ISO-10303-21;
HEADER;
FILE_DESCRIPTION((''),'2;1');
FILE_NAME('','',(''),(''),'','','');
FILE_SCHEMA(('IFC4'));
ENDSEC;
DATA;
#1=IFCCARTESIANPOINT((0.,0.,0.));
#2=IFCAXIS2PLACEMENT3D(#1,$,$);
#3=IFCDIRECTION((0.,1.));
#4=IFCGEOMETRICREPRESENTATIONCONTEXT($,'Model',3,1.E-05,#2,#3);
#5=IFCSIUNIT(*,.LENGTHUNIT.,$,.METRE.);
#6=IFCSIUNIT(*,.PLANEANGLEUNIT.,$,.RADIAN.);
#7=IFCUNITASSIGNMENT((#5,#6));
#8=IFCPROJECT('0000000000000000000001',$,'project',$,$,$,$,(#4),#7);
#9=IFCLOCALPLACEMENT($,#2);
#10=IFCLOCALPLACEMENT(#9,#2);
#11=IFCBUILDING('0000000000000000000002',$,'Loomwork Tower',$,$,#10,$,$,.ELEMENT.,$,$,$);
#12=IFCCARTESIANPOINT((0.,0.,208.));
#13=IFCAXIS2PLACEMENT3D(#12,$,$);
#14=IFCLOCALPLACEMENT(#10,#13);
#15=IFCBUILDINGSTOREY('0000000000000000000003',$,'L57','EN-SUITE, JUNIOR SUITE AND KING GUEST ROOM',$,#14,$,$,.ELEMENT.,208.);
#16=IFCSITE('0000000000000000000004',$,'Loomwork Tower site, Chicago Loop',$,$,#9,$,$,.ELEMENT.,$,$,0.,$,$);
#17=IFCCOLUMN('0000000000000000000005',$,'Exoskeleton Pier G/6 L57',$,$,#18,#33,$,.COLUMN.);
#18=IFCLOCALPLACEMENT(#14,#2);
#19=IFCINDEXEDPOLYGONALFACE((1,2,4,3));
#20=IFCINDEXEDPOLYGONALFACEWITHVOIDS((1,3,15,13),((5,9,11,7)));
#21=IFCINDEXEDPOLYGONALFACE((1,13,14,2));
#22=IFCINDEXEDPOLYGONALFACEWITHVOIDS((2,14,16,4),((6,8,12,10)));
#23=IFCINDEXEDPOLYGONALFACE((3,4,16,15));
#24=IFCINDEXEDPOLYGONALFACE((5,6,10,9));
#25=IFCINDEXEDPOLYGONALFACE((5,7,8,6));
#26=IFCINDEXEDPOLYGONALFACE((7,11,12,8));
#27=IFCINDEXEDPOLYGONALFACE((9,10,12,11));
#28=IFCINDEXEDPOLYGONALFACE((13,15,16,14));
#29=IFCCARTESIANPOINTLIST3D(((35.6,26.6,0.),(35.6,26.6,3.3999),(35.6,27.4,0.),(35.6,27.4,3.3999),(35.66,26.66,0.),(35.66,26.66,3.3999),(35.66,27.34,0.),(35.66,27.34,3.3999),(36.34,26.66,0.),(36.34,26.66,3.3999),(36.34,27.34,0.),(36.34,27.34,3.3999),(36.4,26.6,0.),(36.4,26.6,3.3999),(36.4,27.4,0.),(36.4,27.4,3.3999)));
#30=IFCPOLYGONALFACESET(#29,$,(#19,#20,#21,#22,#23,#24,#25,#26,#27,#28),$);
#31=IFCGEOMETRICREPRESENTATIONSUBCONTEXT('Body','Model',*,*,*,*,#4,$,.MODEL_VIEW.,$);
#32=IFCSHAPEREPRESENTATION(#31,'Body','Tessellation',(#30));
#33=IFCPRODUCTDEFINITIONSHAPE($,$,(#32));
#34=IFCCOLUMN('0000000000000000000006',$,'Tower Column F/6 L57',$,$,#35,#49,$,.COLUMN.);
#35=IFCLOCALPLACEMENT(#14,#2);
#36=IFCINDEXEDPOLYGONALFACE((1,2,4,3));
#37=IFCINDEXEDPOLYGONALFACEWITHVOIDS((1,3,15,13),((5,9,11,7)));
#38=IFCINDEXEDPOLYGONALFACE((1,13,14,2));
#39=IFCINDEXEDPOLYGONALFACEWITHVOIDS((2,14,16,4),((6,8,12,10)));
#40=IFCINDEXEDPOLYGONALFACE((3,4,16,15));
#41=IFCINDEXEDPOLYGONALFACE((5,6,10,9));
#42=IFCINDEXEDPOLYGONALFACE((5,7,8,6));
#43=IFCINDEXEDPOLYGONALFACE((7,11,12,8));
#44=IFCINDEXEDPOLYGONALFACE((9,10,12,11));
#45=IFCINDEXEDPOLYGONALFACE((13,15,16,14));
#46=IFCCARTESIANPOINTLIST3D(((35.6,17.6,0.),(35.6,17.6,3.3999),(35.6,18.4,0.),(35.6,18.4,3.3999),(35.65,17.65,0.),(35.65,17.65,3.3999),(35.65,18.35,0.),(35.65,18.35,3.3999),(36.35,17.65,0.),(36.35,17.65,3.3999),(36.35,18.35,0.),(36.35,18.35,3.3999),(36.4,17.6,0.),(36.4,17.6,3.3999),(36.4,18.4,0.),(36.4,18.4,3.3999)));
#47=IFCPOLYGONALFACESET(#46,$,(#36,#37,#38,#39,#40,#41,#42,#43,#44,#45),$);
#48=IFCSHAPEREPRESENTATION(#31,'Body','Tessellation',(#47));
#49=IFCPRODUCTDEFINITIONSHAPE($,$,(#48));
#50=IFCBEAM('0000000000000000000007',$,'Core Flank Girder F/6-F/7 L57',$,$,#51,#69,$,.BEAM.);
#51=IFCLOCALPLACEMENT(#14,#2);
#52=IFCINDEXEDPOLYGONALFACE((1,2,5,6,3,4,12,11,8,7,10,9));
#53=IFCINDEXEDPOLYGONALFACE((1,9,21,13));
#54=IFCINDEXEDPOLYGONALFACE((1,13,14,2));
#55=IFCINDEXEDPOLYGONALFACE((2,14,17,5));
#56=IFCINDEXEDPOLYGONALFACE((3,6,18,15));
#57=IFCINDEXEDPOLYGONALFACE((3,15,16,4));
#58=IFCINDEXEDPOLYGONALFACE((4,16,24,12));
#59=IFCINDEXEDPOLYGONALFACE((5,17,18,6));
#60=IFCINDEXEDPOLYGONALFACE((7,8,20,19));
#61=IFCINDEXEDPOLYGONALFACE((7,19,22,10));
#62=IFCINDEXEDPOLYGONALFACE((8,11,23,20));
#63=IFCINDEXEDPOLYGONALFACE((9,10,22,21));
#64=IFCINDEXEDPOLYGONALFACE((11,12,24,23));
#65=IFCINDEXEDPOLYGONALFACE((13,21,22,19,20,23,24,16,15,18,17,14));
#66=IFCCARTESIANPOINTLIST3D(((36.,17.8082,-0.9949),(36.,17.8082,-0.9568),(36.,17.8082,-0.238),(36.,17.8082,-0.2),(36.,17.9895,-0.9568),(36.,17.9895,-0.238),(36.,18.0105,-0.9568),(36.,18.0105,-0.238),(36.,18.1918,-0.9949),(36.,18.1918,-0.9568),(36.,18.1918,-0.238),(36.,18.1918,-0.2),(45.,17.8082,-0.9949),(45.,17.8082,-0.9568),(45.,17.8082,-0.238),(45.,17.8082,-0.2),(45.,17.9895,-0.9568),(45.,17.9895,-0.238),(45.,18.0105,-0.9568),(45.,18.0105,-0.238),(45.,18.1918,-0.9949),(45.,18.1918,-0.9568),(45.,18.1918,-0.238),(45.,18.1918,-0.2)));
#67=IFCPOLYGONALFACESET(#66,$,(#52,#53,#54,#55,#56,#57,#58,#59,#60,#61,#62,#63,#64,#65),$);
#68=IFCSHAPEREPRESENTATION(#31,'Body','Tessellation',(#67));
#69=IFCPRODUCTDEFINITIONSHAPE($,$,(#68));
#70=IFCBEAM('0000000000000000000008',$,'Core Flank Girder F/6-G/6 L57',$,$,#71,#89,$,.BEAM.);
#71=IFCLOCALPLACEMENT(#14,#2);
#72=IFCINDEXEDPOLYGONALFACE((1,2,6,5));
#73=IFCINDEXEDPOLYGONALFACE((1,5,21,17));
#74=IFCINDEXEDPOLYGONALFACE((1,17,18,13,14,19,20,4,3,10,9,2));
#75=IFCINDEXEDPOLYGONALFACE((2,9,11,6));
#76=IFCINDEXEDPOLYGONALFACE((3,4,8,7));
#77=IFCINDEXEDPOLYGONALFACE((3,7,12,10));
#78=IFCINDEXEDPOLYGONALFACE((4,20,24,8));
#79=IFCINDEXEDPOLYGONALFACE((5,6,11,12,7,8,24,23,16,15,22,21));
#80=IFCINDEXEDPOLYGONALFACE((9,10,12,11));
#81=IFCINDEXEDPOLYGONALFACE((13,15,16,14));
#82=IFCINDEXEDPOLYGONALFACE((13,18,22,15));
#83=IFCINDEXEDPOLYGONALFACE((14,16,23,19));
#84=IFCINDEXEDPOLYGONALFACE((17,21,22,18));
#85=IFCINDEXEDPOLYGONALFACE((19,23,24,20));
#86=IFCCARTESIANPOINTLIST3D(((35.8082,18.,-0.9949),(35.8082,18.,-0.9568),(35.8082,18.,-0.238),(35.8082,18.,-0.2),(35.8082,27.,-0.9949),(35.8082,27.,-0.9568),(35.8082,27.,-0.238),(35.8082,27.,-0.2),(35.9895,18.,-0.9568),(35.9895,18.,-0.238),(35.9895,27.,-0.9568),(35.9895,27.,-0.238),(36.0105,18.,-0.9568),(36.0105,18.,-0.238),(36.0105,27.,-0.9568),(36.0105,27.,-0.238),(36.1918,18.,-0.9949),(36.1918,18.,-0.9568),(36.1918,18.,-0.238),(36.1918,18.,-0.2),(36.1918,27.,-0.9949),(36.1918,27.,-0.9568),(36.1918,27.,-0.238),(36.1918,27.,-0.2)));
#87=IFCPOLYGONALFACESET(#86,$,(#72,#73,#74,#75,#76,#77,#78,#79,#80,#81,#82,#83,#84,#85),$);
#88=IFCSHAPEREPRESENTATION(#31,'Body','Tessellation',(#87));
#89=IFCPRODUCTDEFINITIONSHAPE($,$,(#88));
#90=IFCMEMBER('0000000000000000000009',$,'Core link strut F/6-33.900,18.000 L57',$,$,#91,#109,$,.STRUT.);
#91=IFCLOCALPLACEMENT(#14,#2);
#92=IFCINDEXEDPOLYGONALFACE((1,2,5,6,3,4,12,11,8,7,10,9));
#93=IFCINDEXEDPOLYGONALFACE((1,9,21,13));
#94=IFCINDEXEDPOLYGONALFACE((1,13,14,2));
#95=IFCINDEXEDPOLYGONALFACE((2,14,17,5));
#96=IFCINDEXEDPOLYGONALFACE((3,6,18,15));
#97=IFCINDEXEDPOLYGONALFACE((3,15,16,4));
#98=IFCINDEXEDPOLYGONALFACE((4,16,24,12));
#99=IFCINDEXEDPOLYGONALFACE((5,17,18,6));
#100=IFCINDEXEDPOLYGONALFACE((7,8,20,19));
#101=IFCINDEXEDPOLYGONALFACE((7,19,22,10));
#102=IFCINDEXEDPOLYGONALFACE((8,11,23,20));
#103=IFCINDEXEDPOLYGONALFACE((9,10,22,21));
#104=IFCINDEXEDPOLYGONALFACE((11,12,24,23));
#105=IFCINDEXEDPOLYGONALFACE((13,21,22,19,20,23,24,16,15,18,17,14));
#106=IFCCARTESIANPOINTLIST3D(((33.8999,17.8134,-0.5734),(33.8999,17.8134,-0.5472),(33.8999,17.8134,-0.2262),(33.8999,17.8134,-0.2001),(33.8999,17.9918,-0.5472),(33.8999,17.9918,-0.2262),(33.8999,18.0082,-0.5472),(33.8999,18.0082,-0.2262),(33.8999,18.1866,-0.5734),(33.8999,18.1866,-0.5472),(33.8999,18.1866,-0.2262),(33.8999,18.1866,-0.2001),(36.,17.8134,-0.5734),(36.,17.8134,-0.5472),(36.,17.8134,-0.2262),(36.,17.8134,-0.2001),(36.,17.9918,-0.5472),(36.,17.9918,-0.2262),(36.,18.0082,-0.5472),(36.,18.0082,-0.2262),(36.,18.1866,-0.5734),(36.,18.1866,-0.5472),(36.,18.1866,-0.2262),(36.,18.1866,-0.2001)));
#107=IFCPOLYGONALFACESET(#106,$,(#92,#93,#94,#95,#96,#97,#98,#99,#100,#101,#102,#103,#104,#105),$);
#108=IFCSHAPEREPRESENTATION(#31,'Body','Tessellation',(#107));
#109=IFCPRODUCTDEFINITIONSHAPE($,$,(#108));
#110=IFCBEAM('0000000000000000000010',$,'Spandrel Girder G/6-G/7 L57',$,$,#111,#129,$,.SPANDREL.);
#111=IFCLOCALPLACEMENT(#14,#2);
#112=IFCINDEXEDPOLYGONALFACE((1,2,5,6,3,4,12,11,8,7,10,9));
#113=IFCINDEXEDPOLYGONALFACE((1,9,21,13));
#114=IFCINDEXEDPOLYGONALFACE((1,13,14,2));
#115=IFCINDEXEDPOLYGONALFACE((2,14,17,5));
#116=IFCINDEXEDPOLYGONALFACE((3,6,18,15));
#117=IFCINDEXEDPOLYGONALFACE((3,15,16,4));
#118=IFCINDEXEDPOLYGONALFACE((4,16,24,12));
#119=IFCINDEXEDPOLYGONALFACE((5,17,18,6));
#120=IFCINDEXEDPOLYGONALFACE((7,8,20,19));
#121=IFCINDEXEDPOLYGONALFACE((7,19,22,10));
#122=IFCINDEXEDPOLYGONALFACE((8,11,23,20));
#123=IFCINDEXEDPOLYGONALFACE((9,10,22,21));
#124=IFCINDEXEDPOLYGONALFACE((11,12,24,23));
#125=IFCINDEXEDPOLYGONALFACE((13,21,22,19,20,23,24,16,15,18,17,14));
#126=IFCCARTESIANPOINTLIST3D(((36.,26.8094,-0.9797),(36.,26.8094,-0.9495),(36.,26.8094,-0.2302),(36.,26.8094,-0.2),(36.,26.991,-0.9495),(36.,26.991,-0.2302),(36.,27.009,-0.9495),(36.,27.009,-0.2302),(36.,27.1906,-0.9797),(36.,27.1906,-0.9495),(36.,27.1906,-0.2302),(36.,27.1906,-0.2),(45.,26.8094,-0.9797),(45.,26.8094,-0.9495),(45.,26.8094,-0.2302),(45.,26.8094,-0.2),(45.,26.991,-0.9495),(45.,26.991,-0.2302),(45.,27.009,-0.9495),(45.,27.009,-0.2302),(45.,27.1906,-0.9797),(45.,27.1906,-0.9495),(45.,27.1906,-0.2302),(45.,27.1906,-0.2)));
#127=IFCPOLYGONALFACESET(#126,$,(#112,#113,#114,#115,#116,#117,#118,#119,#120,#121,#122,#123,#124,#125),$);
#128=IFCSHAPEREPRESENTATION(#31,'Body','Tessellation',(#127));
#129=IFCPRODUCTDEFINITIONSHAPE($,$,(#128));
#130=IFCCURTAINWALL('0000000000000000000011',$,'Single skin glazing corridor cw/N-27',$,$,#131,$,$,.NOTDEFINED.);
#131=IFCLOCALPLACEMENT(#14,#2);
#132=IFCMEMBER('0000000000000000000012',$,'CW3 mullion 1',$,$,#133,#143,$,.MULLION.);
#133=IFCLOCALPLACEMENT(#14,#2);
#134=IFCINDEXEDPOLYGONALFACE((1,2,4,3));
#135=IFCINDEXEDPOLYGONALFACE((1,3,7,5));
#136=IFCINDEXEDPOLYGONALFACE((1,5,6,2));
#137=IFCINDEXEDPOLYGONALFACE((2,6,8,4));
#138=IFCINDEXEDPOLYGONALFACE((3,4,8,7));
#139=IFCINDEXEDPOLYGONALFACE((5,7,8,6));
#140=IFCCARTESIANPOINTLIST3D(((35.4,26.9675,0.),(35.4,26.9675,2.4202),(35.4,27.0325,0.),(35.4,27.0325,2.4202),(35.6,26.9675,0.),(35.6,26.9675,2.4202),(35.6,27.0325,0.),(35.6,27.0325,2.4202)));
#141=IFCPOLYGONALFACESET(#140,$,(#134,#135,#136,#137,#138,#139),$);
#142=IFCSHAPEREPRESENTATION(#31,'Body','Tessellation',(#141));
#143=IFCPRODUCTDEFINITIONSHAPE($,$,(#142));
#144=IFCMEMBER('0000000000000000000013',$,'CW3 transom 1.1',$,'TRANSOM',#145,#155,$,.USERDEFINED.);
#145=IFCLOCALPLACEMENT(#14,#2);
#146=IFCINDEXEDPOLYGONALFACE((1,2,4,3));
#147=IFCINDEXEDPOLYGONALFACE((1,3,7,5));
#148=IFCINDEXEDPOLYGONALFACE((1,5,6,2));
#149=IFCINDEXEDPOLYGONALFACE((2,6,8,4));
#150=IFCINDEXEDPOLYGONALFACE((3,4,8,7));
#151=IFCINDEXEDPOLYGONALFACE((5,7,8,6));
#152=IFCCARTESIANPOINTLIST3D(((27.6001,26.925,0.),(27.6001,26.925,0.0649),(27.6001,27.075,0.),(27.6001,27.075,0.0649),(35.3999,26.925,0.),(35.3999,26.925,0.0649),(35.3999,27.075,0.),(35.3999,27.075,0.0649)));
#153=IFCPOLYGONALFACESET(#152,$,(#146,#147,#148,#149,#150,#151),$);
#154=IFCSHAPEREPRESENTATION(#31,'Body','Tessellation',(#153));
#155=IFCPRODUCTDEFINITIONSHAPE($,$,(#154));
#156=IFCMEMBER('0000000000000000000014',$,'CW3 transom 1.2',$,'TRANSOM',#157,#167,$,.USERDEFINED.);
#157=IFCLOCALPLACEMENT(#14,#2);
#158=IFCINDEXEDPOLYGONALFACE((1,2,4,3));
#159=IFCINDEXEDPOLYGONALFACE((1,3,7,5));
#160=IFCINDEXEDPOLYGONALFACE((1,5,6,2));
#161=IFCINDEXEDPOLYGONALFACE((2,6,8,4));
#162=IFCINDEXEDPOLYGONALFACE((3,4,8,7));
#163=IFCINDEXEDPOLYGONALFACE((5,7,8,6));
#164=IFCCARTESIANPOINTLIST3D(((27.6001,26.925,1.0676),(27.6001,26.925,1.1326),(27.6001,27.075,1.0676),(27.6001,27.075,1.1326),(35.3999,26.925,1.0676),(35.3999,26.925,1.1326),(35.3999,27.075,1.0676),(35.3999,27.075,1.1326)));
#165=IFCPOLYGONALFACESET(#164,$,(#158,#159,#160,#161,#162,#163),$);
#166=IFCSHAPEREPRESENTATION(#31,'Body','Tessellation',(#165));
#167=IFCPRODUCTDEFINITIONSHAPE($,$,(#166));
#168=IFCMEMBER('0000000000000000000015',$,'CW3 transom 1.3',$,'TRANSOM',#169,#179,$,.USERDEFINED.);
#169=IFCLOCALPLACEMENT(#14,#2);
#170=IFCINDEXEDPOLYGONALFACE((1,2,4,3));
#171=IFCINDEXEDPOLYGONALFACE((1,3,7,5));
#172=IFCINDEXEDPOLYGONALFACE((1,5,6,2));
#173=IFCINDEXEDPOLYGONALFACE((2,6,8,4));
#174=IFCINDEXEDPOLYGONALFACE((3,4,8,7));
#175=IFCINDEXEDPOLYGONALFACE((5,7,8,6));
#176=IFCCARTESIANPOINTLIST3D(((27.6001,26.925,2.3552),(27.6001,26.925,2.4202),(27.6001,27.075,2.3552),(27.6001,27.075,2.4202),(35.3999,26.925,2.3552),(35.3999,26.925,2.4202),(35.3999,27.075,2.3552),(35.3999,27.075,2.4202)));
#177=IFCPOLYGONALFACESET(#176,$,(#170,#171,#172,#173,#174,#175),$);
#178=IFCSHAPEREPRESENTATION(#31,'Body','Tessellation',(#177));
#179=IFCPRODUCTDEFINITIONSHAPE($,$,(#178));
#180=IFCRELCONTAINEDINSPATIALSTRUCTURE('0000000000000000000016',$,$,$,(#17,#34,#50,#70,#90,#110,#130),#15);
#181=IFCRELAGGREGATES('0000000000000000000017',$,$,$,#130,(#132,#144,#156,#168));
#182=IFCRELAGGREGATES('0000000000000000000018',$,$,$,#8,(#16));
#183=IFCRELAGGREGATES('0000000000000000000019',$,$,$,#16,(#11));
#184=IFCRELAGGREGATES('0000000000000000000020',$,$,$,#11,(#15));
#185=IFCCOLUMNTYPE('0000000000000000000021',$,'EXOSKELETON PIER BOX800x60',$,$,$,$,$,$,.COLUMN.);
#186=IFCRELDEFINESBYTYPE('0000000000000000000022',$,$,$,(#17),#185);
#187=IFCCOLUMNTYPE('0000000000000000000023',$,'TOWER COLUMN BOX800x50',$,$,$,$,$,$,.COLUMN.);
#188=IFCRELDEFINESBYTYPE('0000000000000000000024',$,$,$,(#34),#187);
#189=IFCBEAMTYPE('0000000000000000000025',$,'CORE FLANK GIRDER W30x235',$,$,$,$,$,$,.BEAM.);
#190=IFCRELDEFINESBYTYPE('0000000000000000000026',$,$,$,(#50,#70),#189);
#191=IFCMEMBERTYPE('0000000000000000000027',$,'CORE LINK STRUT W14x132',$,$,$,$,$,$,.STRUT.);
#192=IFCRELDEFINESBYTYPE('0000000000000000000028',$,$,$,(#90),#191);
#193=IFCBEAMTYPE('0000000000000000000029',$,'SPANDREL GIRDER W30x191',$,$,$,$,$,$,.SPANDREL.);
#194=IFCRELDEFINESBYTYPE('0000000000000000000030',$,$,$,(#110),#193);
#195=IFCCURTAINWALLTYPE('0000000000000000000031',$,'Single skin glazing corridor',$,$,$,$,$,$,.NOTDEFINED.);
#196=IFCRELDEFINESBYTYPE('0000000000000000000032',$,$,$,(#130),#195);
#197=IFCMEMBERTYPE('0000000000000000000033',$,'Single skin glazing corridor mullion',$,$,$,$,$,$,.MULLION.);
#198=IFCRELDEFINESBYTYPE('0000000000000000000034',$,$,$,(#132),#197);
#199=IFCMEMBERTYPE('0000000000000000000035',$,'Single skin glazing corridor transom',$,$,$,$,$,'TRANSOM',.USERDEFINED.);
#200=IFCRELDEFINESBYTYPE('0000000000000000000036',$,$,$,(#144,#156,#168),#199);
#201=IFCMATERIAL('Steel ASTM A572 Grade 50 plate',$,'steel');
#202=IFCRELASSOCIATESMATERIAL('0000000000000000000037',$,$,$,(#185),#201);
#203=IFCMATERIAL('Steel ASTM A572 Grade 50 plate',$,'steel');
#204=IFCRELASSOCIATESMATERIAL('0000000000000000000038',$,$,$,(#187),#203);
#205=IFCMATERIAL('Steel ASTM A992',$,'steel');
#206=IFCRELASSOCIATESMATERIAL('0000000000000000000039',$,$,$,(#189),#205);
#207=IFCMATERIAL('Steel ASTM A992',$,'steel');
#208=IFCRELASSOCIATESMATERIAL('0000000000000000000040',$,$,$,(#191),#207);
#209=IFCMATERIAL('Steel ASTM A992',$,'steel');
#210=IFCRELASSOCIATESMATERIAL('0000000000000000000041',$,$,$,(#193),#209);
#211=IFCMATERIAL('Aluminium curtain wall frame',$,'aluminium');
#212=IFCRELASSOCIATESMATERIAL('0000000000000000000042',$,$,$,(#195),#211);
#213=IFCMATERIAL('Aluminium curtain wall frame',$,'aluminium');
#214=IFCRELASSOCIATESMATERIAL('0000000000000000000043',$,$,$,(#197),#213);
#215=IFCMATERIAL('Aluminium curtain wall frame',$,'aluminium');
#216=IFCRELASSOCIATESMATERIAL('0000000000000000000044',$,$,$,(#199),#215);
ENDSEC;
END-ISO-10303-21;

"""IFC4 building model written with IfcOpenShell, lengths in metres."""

from ifc_helpers import new_model, si_unit, direction, frame, origin, origin_2d, place, context, subcontext, project, spatial, rectangle, hollow_rectangle, i_section, extrude, material, material_profile, profile_set, type_object, element, aggregate, save


model = new_model("IFC4")

# Units and contexts
model_context = context("Model", 3, precision=1e-05, world=origin(), true_north=direction((0.0, 1.0)))
body_context = subcontext(model_context, "Body", "Model", "MODEL_VIEW")
ifc_project = project(units=[si_unit("LENGTHUNIT", "METRE"), si_unit("PLANEANGLEUNIT", "RADIAN")], contexts=[model_context])

# Site, building, storey
site_placement = place(None, origin())
site = spatial("IfcSite", under=ifc_project, at=site_placement, Name="Loomwork Tower site, Chicago Loop", CompositionType="ELEMENT", RefElevation=0.0)
building_placement = place(site_placement, origin())
building = spatial("IfcBuilding", under=site, at=building_placement, Name="Loomwork Tower", CompositionType="ELEMENT")
storey_placement = place(building_placement, frame((0.0, 0.0, 208.0)))
storey = spatial("IfcBuildingStorey", under=building, at=storey_placement, Name="L57", Description="EN-SUITE, JUNIOR SUITE AND KING GUEST ROOM", CompositionType="ELEMENT", Elevation=208.0)

# Columns
ifc_material_1 = material(Name="Steel ASTM A572 Grade 50 plate", Category="steel")
ifc_material_profile_1 = material_profile(ifc_material_1, hollow_rectangle(XDim=0.8, YDim=0.8, WallThickness=0.0601, at=origin_2d()), Name="BOX800x60")
ifc_profile_set_1 = profile_set([ifc_material_profile_1], Name="Steel ASTM A572 Grade 50 plate")
column_type_1 = type_object("IfcColumnType", Name="EXOSKELETON PIER BOX800x60", PredefinedType="COLUMN", material=ifc_profile_set_1)
column_1_placement = place(storey_placement, frame((36.0, 27.0, 0.0), z_axis=(0.0, 0.0, 1.0), x_axis=(1.0, 0.0, 0.0)))
element("IfcColumn", 1, at=column_1_placement, inside=storey, type_object=column_type_1, Name="Exoskeleton Pier G/6 L57", PredefinedType="COLUMN", context=body_context, shape_type="SweptSolid", body=[
    extrude(hollow_rectangle(XDim=0.8, YDim=0.8, WallThickness=0.0601, at=origin_2d()), origin(), (0.0, 0.0, 1.0), 3.3999),
])
ifc_material_2 = material(Name="Steel ASTM A572 Grade 50 plate", Category="steel")
ifc_material_profile_2 = material_profile(ifc_material_2, hollow_rectangle(XDim=0.8, YDim=0.8, WallThickness=0.05, at=origin_2d()), Name="BOX800x50")
ifc_profile_set_2 = profile_set([ifc_material_profile_2], Name="Steel ASTM A572 Grade 50 plate")
column_type_2 = type_object("IfcColumnType", Name="TOWER COLUMN BOX800x50", PredefinedType="COLUMN", material=ifc_profile_set_2)
column_2_placement = place(storey_placement, frame((36.0, 18.0, 0.0), z_axis=(0.0, 0.0, 1.0), x_axis=(0.0, 1.0, 0.0)))
element("IfcColumn", 2, at=column_2_placement, inside=storey, type_object=column_type_2, Name="Tower Column F/6 L57", PredefinedType="COLUMN", context=body_context, shape_type="SweptSolid", body=[
    extrude(hollow_rectangle(XDim=0.8, YDim=0.8, WallThickness=0.05, at=origin_2d()), origin(), (0.0, 0.0, 1.0), 3.3999),
])

# Beams
ifc_material_3 = material(Name="Steel ASTM A992", Category="steel")
ifc_material_profile_3 = material_profile(ifc_material_3, i_section(OverallWidth=0.3835, OverallDepth=0.7949, WebThickness=0.021, FlangeThickness=0.0381, at=origin_2d()), Name="W30x235")
ifc_profile_set_3 = profile_set([ifc_material_profile_3], Name="Steel ASTM A992")
beam_type_1 = type_object("IfcBeamType", Name="CORE FLANK GIRDER W30x235", PredefinedType="BEAM", material=ifc_profile_set_3)
for number, where, z_axis, x_axis, name in (
    (3, (36.0, 18.0, -0.5974), (1.0, 0.0, 0.0), (0.0, 1.0, 0.0), "Core Flank Girder F/6-F/7 L57"),
    (4, (36.0, 18.0, -0.5974), (0.0, 1.0, 0.0), (-1.0, 0.0, 0.0), "Core Flank Girder F/6-G/6 L57"),
):
    element("IfcBeam", number, at=place(storey_placement, frame(where, z_axis=z_axis, x_axis=x_axis)), inside=storey, type_object=beam_type_1, Name=name, PredefinedType="BEAM", context=body_context, shape_type="SweptSolid", body=[
        extrude(i_section(OverallWidth=0.3835, OverallDepth=0.7949, WebThickness=0.021, FlangeThickness=0.0381, at=origin_2d()), origin(), (0.0, 0.0, 1.0), 9.0),
    ])

# Member
ifc_material_4 = material(Name="Steel ASTM A992", Category="steel")
ifc_material_profile_4 = material_profile(ifc_material_4, i_section(OverallWidth=0.3733, OverallDepth=0.3733, WebThickness=0.0164, FlangeThickness=0.0261, at=origin_2d()), Name="W14x132")
ifc_profile_set_4 = profile_set([ifc_material_profile_4], Name="Steel ASTM A992")
member_type_1 = type_object("IfcMemberType", Name="CORE LINK STRUT W14x132", PredefinedType="STRUT", material=ifc_profile_set_4)
member_1_placement = place(storey_placement, frame((36.0, 18.0, -0.3867), z_axis=(-1.0, 0.0, 0.0), x_axis=(0.0, -1.0, 0.0)))
element("IfcMember", 5, at=member_1_placement, inside=storey, type_object=member_type_1, Name="Core link strut F/6-33.900,18.000 L57", PredefinedType="STRUT", context=body_context, shape_type="SweptSolid", body=[
    extrude(i_section(OverallWidth=0.3733, OverallDepth=0.3733, WebThickness=0.0164, FlangeThickness=0.0261, at=origin_2d()), origin(), (0.0, 0.0, 1.0), 2.1001),
])

# Beam
ifc_material_5 = material(Name="Steel ASTM A992", Category="steel")
ifc_material_profile_5 = material_profile(ifc_material_5, i_section(OverallWidth=0.3811, OverallDepth=0.7798, WebThickness=0.0181, FlangeThickness=0.0303, at=origin_2d()), Name="W30x191")
ifc_profile_set_5 = profile_set([ifc_material_profile_5], Name="Steel ASTM A992")
beam_type_2 = type_object("IfcBeamType", Name="SPANDREL GIRDER W30x191", PredefinedType="SPANDREL", material=ifc_profile_set_5)
beam_placement = place(storey_placement, frame((36.0, 27.0, -0.5898), z_axis=(1.0, 0.0, 0.0), x_axis=(0.0, 1.0, 0.0)))
element("IfcBeam", 6, at=beam_placement, inside=storey, type_object=beam_type_2, Name="Spandrel Girder G/6-G/7 L57", PredefinedType="SPANDREL", context=body_context, shape_type="SweptSolid", body=[
    extrude(i_section(OverallWidth=0.3811, OverallDepth=0.7798, WebThickness=0.0181, FlangeThickness=0.0303, at=origin_2d()), origin(), (0.0, 0.0, 1.0), 9.0),
])

# Curtain wall, members
ifc_material_6 = material(Name="Aluminium curtain wall frame", Category="aluminium")
curtain_wall_type = type_object("IfcCurtainWallType", Name="Single skin glazing corridor", PredefinedType="NOTDEFINED", material=ifc_material_6)
curtain_wall_placement = place(storey_placement, origin())
curtain_wall = element("IfcCurtainWall", 7, at=curtain_wall_placement, inside=storey, type_object=curtain_wall_type, Name="Single skin glazing corridor cw/N-27", PredefinedType="NOTDEFINED")
ifc_material_7 = material(Name="Aluminium curtain wall frame", Category="aluminium")
ifc_material_profile_6 = material_profile(ifc_material_7, rectangle(XDim=0.0649, YDim=0.2, at=origin_2d()), Name="AL 65x200")
ifc_profile_set_6 = profile_set([ifc_material_profile_6], Name="Aluminium curtain wall frame")
member_type_2 = type_object("IfcMemberType", Name="Single skin glazing corridor mullion", PredefinedType="MULLION", material=ifc_profile_set_6)
member_2_placement = place(storey_placement, frame((35.5, 27.0, 0.0), z_axis=(0.0, 0.0, 1.0), x_axis=(0.0, -1.0, 0.0)))
member_2 = element("IfcMember", 8, at=member_2_placement, type_object=member_type_2, Name="CW3 mullion 1", PredefinedType="MULLION", context=body_context, shape_type="SweptSolid", body=[
    extrude(rectangle(XDim=0.0649, YDim=0.2, at=origin_2d()), origin(), (0.0, 0.0, 1.0), 2.4202),
])
ifc_material_8 = material(Name="Aluminium curtain wall frame", Category="aluminium")
ifc_material_profile_7 = material_profile(ifc_material_8, rectangle(XDim=0.1499, YDim=0.0649, at=origin_2d()), Name="AL 65x150")
ifc_profile_set_7 = profile_set([ifc_material_profile_7], Name="Aluminium curtain wall frame")
member_type_3 = type_object("IfcMemberType", Name="Single skin glazing corridor transom", ElementType="TRANSOM", PredefinedType="USERDEFINED", material=ifc_profile_set_7)
member_3_placement = place(storey_placement, frame((35.3999, 27.0, 0.0325), z_axis=(-1.0, 0.0, 0.0), x_axis=(0.0, -1.0, 0.0)))
member_3 = element("IfcMember", 9, at=member_3_placement, type_object=member_type_3, Name="CW3 transom 1.1", ObjectType="TRANSOM", PredefinedType="USERDEFINED", context=body_context, shape_type="SweptSolid", body=[
    extrude(rectangle(XDim=0.1499, YDim=0.0649, at=origin_2d()), origin(), (0.0, 0.0, 1.0), 7.7998),
])
member_4_placement = place(storey_placement, frame((35.3999, 27.0, 1.1001), z_axis=(-1.0, 0.0, 0.0), x_axis=(0.0, -1.0, 0.0)))
member_4 = element("IfcMember", 10, at=member_4_placement, type_object=member_type_3, Name="CW3 transom 1.2", ObjectType="TRANSOM", PredefinedType="USERDEFINED", context=body_context, shape_type="SweptSolid", body=[
    extrude(rectangle(XDim=0.1499, YDim=0.0649, at=origin_2d()), origin(), (0.0, 0.0, 1.0), 7.7998),
])
member_5_placement = place(storey_placement, frame((35.3999, 27.0, 2.3877), z_axis=(-1.0, 0.0, 0.0), x_axis=(0.0, -1.0, 0.0)))
member_5 = element("IfcMember", 11, at=member_5_placement, type_object=member_type_3, Name="CW3 transom 1.3", ObjectType="TRANSOM", PredefinedType="USERDEFINED", context=body_context, shape_type="SweptSolid", body=[
    extrude(rectangle(XDim=0.1499, YDim=0.0649, at=origin_2d()), origin(), (0.0, 0.0, 1.0), 7.7998),
])
aggregate(curtain_wall, [member_2, member_3, member_4, member_5])

save(model, "model.ifc")
